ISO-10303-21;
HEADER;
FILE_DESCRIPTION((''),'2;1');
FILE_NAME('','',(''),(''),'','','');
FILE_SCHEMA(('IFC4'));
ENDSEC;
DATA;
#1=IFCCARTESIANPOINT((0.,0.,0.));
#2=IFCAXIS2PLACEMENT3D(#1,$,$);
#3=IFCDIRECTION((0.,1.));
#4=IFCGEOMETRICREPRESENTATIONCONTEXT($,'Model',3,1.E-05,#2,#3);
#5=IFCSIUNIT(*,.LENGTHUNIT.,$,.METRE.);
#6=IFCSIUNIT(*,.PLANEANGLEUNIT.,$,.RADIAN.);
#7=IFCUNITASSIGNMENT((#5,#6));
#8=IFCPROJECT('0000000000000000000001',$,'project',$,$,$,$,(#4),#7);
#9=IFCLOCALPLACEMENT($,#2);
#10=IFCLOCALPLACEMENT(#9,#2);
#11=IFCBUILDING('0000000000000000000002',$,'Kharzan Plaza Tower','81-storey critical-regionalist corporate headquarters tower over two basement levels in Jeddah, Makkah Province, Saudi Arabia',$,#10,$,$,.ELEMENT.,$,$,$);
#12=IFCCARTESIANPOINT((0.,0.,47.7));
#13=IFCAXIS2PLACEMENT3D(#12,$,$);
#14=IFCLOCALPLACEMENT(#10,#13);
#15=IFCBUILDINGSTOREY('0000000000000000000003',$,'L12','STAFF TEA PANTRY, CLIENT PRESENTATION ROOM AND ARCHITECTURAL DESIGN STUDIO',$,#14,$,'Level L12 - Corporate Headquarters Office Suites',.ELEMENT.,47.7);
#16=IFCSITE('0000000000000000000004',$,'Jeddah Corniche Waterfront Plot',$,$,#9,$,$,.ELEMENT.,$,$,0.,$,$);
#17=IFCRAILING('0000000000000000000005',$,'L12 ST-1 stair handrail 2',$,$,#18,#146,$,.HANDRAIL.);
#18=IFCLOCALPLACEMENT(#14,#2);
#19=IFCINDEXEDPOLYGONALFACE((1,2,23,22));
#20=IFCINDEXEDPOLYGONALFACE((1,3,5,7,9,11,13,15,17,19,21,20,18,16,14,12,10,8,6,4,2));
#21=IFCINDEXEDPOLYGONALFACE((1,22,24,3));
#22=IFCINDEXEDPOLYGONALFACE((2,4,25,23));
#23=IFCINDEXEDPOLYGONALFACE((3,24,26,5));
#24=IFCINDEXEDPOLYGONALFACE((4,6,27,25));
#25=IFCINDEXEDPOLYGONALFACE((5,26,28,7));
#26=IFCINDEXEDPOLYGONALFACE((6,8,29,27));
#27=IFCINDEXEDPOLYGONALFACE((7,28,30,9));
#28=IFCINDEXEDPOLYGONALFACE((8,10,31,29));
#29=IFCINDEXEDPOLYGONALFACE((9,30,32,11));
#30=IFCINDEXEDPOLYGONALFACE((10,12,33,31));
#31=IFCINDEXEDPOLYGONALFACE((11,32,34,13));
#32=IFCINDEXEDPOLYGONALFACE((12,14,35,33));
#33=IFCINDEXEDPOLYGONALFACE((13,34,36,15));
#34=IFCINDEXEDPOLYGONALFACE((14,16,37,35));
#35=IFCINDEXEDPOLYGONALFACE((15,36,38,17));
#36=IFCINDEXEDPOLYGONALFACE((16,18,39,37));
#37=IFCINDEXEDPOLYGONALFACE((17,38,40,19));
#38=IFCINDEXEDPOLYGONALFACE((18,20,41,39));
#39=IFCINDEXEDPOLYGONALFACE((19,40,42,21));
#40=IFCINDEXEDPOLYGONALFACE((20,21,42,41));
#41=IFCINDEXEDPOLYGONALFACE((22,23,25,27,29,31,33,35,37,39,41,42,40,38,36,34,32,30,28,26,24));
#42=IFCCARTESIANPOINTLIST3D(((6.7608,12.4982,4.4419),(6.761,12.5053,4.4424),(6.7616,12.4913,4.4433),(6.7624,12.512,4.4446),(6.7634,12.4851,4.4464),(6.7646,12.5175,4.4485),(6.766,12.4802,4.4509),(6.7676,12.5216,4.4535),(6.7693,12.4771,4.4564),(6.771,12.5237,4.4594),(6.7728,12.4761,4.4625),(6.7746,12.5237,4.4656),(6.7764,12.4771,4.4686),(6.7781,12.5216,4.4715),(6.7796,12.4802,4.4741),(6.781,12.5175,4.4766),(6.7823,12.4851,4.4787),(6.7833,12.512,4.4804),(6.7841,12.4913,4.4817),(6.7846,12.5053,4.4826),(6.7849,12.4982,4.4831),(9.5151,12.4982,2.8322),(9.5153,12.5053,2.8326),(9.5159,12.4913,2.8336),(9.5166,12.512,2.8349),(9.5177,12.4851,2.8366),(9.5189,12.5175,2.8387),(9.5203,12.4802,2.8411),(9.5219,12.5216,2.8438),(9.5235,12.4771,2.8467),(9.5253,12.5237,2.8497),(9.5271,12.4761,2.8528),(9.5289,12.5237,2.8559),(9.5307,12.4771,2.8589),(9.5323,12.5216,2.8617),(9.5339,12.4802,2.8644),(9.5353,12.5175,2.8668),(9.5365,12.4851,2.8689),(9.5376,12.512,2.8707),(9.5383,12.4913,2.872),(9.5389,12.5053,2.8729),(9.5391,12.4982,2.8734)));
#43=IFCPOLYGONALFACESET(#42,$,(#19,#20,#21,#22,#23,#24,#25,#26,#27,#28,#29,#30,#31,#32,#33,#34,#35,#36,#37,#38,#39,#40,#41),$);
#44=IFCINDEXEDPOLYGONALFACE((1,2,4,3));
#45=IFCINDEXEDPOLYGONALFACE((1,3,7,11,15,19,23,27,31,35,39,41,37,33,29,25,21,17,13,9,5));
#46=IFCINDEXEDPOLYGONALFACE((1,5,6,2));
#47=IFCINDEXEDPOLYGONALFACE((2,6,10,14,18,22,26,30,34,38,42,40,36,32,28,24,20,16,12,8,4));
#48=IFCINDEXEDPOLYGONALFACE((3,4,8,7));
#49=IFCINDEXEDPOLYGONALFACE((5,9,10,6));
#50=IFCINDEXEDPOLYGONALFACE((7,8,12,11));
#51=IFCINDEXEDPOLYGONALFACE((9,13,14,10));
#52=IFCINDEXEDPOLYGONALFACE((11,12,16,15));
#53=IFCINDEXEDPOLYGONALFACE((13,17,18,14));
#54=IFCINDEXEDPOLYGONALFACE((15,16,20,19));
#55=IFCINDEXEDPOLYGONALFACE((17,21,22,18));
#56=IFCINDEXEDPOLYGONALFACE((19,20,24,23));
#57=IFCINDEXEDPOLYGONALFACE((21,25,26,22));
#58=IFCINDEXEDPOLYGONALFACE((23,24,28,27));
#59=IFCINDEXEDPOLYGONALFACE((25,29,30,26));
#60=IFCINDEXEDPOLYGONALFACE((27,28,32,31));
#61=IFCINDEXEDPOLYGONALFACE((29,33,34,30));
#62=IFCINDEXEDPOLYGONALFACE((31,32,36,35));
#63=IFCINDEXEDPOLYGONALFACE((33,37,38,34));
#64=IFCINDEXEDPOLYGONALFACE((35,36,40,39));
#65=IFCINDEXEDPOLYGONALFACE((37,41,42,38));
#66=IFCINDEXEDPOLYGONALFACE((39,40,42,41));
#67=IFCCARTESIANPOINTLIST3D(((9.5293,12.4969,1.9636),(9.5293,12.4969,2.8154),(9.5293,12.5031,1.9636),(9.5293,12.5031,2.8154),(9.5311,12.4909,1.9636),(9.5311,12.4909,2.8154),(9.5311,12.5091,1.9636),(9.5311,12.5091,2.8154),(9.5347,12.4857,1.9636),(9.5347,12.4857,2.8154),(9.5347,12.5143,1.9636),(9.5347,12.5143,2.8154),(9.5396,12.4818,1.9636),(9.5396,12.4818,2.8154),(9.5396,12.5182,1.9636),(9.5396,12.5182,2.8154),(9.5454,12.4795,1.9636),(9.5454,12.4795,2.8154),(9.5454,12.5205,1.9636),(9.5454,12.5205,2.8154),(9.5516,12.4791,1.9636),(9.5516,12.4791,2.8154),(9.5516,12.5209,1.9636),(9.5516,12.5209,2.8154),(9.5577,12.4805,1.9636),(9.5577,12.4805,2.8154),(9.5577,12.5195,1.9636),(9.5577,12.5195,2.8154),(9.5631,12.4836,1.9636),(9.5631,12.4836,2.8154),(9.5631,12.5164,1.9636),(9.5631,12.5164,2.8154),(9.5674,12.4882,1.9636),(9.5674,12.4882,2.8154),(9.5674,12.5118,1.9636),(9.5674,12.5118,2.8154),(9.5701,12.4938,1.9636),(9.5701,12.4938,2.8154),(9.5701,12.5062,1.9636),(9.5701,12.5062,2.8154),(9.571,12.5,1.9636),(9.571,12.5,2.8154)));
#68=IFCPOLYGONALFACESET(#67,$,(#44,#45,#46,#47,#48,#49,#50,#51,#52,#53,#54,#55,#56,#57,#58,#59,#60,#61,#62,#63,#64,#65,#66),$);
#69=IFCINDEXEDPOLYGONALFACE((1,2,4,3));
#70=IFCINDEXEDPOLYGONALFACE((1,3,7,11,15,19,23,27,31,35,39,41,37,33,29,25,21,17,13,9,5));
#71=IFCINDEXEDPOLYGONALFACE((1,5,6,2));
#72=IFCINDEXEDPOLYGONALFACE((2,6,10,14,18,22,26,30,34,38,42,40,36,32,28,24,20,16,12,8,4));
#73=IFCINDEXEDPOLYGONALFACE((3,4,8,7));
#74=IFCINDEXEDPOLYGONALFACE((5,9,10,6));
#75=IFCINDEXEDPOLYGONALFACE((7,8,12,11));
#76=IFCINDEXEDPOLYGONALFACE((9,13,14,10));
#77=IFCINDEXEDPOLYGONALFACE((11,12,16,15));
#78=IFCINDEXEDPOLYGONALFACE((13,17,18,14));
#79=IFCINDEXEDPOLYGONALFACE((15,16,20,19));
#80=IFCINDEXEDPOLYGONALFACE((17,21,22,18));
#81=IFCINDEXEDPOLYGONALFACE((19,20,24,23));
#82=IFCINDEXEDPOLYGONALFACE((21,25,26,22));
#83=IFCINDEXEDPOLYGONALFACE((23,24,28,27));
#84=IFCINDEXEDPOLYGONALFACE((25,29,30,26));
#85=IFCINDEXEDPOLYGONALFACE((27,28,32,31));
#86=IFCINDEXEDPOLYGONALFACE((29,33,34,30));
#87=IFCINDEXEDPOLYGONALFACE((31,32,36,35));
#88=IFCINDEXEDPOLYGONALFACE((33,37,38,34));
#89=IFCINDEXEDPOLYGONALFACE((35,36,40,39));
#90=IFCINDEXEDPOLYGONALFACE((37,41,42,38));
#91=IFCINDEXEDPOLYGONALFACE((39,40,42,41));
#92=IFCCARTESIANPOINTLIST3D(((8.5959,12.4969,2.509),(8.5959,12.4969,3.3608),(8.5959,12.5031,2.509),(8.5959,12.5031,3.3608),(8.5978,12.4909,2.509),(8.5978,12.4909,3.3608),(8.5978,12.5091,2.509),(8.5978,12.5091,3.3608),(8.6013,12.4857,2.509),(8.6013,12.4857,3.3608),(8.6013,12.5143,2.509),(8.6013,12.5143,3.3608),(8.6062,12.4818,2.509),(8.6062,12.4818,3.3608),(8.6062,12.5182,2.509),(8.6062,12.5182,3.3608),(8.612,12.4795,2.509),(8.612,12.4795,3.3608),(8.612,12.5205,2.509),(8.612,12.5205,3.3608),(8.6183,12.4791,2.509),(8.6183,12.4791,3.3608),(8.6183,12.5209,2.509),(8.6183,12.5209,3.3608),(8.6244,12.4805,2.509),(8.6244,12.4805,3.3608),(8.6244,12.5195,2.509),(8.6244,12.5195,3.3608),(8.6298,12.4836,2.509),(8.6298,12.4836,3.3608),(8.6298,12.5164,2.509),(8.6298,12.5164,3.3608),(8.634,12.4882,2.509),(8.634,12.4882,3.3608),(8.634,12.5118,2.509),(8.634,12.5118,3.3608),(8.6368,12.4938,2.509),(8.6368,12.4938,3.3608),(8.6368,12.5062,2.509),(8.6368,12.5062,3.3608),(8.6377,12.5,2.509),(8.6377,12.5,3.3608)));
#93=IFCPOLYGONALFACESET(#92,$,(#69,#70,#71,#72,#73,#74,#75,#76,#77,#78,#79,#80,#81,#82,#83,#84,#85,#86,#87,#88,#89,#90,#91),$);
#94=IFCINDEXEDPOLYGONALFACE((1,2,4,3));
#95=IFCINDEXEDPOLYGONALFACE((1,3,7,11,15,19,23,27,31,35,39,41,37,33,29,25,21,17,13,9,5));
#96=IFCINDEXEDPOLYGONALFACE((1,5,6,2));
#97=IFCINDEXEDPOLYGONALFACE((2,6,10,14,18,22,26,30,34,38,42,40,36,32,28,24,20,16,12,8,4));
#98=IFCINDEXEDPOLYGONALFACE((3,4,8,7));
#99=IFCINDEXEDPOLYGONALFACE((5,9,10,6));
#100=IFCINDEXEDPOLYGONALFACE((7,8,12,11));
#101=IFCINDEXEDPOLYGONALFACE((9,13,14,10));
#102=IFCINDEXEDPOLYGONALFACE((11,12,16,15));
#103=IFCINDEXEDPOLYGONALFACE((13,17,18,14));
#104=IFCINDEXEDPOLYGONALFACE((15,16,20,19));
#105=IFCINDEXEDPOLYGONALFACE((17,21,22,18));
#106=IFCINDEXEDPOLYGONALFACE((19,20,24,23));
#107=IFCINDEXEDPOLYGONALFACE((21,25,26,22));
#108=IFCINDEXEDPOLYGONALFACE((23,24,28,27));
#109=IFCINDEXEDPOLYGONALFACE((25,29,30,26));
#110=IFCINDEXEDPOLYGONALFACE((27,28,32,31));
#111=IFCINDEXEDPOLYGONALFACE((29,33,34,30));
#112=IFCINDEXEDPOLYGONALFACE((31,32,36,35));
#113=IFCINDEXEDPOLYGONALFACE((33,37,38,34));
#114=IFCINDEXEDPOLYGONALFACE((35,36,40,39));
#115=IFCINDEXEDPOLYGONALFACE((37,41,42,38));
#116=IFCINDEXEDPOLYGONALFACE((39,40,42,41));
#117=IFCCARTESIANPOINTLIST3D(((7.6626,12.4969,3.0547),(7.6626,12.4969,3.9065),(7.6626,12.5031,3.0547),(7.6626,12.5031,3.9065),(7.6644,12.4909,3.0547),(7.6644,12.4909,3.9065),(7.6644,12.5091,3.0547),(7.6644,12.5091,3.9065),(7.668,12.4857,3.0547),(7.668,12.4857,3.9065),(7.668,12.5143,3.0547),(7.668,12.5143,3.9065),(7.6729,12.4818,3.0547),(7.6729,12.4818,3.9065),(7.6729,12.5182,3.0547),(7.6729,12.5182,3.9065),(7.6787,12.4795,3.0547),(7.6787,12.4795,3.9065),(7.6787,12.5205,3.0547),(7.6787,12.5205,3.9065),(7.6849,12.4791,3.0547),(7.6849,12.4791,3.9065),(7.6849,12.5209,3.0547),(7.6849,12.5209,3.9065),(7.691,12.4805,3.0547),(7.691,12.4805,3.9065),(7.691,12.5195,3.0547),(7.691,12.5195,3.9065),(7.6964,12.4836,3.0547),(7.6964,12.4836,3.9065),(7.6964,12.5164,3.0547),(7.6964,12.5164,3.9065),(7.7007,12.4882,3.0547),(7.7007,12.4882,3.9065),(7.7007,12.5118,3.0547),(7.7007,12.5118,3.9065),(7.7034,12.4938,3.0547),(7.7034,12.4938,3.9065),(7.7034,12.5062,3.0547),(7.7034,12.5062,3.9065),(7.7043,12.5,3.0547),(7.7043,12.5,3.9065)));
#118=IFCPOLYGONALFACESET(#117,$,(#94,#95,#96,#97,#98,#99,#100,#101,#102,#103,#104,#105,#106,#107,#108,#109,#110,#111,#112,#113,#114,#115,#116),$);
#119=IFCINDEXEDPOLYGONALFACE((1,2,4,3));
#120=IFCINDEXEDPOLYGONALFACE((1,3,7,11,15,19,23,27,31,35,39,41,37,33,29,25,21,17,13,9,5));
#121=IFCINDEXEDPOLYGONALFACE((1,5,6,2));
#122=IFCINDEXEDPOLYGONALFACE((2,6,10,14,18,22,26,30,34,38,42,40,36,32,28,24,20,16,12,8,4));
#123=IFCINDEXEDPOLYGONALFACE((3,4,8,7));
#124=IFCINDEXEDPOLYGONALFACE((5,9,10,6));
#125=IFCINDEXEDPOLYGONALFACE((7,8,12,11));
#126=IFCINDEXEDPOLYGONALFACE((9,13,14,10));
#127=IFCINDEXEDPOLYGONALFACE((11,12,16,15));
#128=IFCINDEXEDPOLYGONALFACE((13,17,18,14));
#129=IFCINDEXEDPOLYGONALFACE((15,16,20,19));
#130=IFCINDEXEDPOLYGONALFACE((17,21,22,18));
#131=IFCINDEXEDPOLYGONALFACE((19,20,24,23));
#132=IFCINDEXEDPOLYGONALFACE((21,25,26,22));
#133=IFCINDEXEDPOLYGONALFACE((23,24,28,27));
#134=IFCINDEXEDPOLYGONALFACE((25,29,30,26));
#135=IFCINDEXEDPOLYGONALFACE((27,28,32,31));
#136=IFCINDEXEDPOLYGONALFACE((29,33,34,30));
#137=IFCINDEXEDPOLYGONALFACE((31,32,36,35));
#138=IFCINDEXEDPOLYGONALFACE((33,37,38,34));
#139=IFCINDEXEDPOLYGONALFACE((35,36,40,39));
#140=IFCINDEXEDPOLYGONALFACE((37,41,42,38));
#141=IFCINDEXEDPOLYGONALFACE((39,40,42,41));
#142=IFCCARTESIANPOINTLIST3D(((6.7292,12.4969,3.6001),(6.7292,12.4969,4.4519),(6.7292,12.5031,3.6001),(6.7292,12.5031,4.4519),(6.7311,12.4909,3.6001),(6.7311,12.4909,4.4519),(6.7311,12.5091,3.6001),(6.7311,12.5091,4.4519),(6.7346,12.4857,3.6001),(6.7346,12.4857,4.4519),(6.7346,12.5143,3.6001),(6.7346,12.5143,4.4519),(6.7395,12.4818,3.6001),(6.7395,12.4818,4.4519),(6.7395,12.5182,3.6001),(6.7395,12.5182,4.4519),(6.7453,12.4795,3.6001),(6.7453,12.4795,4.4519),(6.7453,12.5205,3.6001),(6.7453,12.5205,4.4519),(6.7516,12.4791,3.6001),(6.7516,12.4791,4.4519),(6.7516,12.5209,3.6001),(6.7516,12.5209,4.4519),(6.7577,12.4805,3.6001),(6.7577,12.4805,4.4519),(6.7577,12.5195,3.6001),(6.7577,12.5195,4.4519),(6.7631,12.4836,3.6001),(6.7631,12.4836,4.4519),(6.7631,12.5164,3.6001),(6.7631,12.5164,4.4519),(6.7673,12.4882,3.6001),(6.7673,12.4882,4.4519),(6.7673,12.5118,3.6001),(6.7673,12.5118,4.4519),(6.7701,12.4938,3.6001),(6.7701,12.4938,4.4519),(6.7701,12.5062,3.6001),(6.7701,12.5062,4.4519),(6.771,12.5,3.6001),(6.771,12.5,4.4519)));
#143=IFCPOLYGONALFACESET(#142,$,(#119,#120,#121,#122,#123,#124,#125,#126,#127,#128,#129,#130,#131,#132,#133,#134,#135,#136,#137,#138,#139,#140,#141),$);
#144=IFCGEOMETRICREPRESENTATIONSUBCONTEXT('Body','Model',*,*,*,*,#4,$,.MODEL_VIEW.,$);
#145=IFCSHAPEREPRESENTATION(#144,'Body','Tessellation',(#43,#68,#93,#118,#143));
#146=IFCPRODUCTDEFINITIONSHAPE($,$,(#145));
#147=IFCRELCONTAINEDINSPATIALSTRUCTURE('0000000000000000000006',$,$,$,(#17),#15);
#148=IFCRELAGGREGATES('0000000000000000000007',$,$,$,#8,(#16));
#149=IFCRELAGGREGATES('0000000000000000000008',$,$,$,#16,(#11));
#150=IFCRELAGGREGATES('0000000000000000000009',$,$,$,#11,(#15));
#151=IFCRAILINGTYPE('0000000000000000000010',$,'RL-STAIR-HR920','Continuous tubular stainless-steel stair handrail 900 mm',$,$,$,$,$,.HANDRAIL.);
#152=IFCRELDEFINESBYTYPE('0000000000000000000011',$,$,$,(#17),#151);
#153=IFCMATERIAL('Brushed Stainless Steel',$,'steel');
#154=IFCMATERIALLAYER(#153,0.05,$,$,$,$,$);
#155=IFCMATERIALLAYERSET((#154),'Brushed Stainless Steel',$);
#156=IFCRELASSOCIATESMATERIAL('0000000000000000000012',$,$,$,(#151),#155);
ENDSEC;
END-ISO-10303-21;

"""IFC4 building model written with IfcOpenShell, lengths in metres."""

from ifc_helpers import new_model, si_unit, direction, frame, origin, origin_2d, place, context, subcontext, project, spatial, circle, extrude, source, transform, mapped, material, layer, layer_set, type_object, element, save


model = new_model("IFC4")

# Units and contexts
model_context = context("Model", 3, precision=1e-05, world=origin(), true_north=direction((0.0, 1.0)))
body_context = subcontext(model_context, "Body", "Model", "MODEL_VIEW")
ifc_project = project(units=[si_unit("LENGTHUNIT", "METRE"), si_unit("PLANEANGLEUNIT", "RADIAN")], contexts=[model_context])

# Site, building, storey
site_placement = place(None, origin())
site = spatial("IfcSite", under=ifc_project, at=site_placement, Name="Jeddah Corniche Waterfront Plot", CompositionType="ELEMENT", RefElevation=0.0)
building_placement = place(site_placement, origin())
building = spatial("IfcBuilding", under=site, at=building_placement, Name="Kharzan Plaza Tower", Description="81-storey critical-regionalist corporate headquarters tower over two basement levels in Jeddah, Makkah Province, Saudi Arabia", CompositionType="ELEMENT")
storey_placement = place(building_placement, frame((0.0, 0.0, 47.7)))
storey = spatial("IfcBuildingStorey", under=building, at=storey_placement, Name="L12", Description="STAFF TEA PANTRY, CLIENT PRESENTATION ROOM AND ARCHITECTURAL DESIGN STUDIO", LongName="Level L12 - Corporate Headquarters Office Suites", CompositionType="ELEMENT", Elevation=47.7)

# Shared definitions
ifc_material_1 = material(Name="Brushed Stainless Steel", Category="steel")

# Railing
ifc_layer_1 = layer(ifc_material_1, 0.05)
ifc_layer_set_1 = layer_set([ifc_layer_1], Name="Brushed Stainless Steel")
railing_type_1 = type_object("IfcRailingType", Name="RL-STAIR-HR920", Description="Continuous tubular stainless-steel stair handrail 900 mm", PredefinedType="HANDRAIL", material=ifc_layer_set_1)
shared_shape_1 = source(origin(), body_context, "Body", "SweptSolid", [
    extrude(circle(Radius=0.0239, at=origin_2d()), frame((-0.0229, 0.0, 0.8892), z_axis=(-0.863361, 0.0, 0.504587), x_axis=(0.0, -1.0, 0.0)), (0.0, 0.0, 1.0), 3.1902),
    extrude(circle(Radius=0.021, at=origin_2d()), origin(), (0.0, 0.0, 1.0), 0.8518),
    extrude(circle(Radius=0.021, at=origin_2d()), frame((-0.9333, 0.0, 0.5454)), (0.0, 0.0, 1.0), 0.8518),
    extrude(circle(Radius=0.021, at=origin_2d()), frame((-1.8667, 0.0, 1.0911)), (0.0, 0.0, 1.0), 0.8518),
    extrude(circle(Radius=0.021, at=origin_2d()), frame((-2.8, 0.0, 1.6365)), (0.0, 0.0, 1.0), 0.8518),
])
railing_1_placement = place(storey_placement, frame((9.55, 12.5, 1.9636)))
element("IfcRailing", 1, at=railing_1_placement, inside=storey, type_object=railing_type_1, Name="L12 ST-1 stair handrail 2", PredefinedType="HANDRAIL", context=body_context, shape_type="MappedRepresentation", body=[
    mapped(shared_shape_1, transform((0.0, 0.0, 0.0), x_axis=(1.0, 0.0, 0.0), y_axis=(0.0, 1.0, 0.0), z_axis=(0.0, 0.0, 1.0))),
])

save(model, "model.ifc")
